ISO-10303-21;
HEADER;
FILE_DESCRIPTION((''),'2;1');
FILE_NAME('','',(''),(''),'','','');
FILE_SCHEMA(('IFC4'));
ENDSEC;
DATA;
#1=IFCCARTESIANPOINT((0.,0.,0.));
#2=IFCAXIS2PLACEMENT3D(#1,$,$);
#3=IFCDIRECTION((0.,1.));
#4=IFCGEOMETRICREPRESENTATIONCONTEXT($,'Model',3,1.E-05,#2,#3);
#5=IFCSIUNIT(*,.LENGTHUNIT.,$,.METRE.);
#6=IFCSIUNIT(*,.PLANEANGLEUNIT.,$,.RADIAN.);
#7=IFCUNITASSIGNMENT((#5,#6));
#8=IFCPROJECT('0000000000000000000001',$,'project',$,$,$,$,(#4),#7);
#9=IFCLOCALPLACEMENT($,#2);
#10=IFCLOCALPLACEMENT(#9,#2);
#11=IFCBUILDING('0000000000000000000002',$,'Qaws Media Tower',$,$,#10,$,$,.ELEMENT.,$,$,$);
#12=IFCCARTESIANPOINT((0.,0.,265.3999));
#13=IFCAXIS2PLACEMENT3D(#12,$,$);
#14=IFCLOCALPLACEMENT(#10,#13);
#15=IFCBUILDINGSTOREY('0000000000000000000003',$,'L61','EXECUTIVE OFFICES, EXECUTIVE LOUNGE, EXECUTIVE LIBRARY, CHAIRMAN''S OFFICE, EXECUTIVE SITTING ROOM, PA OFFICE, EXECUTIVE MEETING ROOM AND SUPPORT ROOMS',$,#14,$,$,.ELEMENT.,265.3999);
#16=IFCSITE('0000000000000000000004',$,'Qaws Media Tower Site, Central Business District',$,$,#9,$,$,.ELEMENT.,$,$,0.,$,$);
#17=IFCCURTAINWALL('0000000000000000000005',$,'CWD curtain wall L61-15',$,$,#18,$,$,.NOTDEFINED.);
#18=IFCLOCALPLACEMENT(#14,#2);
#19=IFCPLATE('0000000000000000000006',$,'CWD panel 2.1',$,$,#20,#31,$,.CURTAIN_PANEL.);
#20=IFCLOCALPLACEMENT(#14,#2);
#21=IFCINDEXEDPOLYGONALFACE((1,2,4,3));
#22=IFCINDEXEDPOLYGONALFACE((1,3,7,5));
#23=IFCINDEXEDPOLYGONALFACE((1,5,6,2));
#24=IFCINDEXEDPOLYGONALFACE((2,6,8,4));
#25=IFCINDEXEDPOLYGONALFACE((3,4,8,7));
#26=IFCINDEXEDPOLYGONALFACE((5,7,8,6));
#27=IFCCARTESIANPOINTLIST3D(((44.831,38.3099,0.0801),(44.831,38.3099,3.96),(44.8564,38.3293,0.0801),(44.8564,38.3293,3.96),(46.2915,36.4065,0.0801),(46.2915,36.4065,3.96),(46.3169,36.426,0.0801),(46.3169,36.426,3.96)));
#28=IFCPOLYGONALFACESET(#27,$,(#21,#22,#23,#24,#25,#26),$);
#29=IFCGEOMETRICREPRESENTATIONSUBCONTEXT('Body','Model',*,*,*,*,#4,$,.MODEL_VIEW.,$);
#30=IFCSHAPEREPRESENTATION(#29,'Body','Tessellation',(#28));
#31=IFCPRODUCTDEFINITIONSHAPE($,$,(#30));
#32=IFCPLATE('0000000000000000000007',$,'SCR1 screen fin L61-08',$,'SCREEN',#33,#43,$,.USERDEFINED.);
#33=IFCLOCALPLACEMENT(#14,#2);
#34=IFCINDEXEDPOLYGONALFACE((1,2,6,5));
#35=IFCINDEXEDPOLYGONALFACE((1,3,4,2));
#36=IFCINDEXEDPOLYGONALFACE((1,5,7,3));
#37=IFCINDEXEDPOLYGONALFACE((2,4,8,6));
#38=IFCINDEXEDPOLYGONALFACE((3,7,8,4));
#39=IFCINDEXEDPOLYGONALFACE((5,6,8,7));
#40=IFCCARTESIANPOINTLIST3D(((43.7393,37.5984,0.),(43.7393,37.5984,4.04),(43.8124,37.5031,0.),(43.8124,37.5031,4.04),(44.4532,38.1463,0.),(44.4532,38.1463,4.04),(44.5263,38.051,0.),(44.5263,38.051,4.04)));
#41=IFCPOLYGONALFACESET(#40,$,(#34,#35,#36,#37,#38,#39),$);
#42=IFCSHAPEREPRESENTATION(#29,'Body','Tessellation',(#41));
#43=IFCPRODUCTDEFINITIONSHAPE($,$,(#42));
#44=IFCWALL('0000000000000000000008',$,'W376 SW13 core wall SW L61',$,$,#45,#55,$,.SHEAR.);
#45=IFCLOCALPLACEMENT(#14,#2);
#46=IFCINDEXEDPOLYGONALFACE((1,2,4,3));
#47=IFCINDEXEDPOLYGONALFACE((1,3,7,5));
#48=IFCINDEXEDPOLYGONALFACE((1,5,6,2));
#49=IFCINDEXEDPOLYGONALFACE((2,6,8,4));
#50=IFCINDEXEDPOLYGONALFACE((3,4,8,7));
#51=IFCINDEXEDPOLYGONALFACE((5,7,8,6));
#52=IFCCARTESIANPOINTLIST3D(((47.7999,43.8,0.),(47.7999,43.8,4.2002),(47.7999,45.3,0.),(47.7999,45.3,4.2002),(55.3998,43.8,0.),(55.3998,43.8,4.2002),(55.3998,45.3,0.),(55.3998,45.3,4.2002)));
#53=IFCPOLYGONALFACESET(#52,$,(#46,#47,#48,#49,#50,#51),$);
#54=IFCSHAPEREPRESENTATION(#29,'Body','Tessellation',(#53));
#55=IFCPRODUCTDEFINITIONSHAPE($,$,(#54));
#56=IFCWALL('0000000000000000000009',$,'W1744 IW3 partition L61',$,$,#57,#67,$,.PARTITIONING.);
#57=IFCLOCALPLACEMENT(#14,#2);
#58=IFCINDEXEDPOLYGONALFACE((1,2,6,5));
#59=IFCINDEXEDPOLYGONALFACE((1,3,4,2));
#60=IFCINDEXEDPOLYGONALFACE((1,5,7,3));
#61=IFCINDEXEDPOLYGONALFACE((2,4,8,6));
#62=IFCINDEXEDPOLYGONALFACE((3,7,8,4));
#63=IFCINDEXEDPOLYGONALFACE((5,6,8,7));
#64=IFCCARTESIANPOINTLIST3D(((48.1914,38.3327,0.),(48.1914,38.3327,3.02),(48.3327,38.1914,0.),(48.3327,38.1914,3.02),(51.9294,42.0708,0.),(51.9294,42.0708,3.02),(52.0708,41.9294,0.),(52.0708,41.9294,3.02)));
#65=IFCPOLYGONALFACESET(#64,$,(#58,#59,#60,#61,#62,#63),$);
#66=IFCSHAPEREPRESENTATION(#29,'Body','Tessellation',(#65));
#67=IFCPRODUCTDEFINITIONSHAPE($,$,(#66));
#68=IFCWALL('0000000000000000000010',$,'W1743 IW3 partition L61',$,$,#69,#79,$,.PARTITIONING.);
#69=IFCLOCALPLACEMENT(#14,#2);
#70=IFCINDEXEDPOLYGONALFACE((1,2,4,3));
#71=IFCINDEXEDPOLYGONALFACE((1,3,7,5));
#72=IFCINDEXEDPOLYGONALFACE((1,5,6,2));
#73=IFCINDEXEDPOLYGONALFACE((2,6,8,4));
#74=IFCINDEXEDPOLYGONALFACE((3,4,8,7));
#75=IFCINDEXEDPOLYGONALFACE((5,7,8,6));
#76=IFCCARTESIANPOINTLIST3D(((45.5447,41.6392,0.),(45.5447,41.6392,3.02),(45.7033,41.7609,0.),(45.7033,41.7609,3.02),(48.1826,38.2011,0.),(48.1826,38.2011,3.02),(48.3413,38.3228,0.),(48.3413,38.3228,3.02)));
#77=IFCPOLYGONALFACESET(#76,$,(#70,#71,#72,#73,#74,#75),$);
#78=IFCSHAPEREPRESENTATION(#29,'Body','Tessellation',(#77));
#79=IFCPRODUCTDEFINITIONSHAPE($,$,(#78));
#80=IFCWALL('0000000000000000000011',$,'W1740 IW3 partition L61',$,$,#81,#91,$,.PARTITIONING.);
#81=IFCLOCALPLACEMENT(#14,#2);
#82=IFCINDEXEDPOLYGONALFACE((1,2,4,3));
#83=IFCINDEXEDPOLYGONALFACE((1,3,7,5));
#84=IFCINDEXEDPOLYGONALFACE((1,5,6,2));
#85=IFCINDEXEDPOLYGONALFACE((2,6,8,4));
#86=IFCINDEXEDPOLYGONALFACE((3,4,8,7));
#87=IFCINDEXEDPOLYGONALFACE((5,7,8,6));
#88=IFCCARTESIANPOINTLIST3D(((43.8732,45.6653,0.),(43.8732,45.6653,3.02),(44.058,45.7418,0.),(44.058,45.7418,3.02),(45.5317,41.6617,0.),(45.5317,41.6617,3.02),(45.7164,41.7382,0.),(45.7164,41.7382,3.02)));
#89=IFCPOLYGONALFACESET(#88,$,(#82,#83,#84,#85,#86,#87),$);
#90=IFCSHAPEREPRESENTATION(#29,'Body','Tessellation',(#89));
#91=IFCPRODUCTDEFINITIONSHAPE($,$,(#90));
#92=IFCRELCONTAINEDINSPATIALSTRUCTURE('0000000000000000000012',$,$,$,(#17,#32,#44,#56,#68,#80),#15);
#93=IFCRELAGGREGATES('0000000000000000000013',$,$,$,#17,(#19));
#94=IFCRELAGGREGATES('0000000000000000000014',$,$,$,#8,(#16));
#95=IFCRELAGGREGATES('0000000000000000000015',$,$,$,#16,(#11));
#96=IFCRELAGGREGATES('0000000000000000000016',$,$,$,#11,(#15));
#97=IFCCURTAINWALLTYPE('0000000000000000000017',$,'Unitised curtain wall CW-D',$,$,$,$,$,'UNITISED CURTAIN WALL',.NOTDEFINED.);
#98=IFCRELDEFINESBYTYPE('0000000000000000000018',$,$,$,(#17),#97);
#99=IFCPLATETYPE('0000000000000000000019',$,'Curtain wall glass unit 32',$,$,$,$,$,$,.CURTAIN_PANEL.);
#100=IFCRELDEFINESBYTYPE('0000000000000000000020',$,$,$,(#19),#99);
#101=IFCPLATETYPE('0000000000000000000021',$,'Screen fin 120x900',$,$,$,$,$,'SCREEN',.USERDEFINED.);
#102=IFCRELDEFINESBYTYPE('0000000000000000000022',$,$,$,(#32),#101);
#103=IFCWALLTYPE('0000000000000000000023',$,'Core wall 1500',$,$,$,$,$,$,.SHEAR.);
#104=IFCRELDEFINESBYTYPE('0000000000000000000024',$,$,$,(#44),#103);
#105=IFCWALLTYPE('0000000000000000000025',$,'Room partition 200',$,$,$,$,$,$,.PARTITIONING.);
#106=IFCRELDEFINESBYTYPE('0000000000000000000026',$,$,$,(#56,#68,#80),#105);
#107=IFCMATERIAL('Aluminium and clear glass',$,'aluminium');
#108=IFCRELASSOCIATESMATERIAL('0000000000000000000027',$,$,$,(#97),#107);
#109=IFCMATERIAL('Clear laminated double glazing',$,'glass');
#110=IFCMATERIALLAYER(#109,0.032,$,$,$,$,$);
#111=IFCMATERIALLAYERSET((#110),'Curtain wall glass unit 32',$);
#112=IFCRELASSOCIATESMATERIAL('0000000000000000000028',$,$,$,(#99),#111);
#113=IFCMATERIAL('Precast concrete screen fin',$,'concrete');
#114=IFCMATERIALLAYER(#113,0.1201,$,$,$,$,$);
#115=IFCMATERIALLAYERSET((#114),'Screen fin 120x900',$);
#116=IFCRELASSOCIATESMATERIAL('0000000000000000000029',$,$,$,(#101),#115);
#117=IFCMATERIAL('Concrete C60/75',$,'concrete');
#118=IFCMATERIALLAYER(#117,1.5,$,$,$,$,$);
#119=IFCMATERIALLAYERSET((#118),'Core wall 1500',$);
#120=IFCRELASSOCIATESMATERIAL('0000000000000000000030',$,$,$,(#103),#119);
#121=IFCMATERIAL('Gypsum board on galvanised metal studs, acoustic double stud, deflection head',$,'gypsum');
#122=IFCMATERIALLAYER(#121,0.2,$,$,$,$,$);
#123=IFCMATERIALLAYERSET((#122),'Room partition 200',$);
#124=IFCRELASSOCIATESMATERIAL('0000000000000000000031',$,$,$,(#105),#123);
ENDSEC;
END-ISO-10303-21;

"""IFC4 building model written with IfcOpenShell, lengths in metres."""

from ifc_helpers import new_model, si_unit, direction, frame, frame_2d, origin, origin_2d, place, context, subcontext, project, spatial, rectangle, extrude, material, layer, layer_set, type_object, element, aggregate, save


model = new_model("IFC4")

# Units and contexts
model_context = context("Model", 3, precision=1e-05, world=origin(), true_north=direction((0.0, 1.0)))
body_context = subcontext(model_context, "Body", "Model", "MODEL_VIEW")
ifc_project = project(units=[si_unit("LENGTHUNIT", "METRE"), si_unit("PLANEANGLEUNIT", "RADIAN")], contexts=[model_context])

# Site, building, storey
site_placement = place(None, origin())
site = spatial("IfcSite", under=ifc_project, at=site_placement, Name="Qaws Media Tower Site, Central Business District", CompositionType="ELEMENT", RefElevation=0.0)
building_placement = place(site_placement, origin())
building = spatial("IfcBuilding", under=site, at=building_placement, Name="Qaws Media Tower", CompositionType="ELEMENT")
storey_placement = place(building_placement, frame((0.0, 0.0, 265.3999)))
storey = spatial("IfcBuildingStorey", under=building, at=storey_placement, Name="L61", Description="EXECUTIVE OFFICES, EXECUTIVE LOUNGE, EXECUTIVE LIBRARY, CHAIRMAN'S OFFICE, EXECUTIVE SITTING ROOM, PA OFFICE, EXECUTIVE MEETING ROOM AND SUPPORT ROOMS", CompositionType="ELEMENT", Elevation=265.3999)

# Shared definitions
ifc_material_1 = material(Name="Aluminium and clear glass", Category="aluminium")
curtain_wall_type = type_object("IfcCurtainWallType", Name="Unitised curtain wall CW-D", ElementType="UNITISED CURTAIN WALL", PredefinedType="NOTDEFINED", material=ifc_material_1)

# Curtain wall
curtain_wall_1_placement = place(storey_placement, origin())
curtain_wall_1 = element("IfcCurtainWall", 1, at=curtain_wall_1_placement, inside=storey, type_object=curtain_wall_type, Name="CWD curtain wall L61-15", PredefinedType="NOTDEFINED")

# Plates
ifc_material_2 = material(Name="Clear laminated double glazing", Category="glass")
ifc_layer_1 = layer(ifc_material_2, 0.032)
ifc_layer_set_1 = layer_set([ifc_layer_1], Name="Curtain wall glass unit 32")
plate_type_1 = type_object("IfcPlateType", Name="Curtain wall glass unit 32", PredefinedType="CURTAIN_PANEL", material=ifc_layer_set_1)
plate_1_placement = place(storey_placement, frame((45.574, 37.3679, 0.0801), z_axis=(0.0, 0.0, 1.0), x_axis=(0.608761, -0.793353, 0.0)))
plate_1 = element("IfcPlate", 2, at=plate_1_placement, type_object=plate_type_1, Name="CWD panel 2.1", PredefinedType="CURTAIN_PANEL", context=body_context, shape_type="SweptSolid", body=[
    extrude(rectangle(XDim=2.3992, YDim=0.032, at=origin_2d()), origin(), (0.0, 0.0, 1.0), 3.8799),
])
aggregate(curtain_wall_1, [plate_1])
ifc_material_3 = material(Name="Precast concrete screen fin", Category="concrete")
ifc_layer_2 = layer(ifc_material_3, 0.1201)
ifc_layer_set_2 = layer_set([ifc_layer_2], Name="Screen fin 120x900")
plate_type_2 = type_object("IfcPlateType", Name="Screen fin 120x900", ElementType="SCREEN", PredefinedType="USERDEFINED", material=ifc_layer_set_2)
plate_2_placement = place(storey_placement, frame((44.1328, 37.8247, 0.0), z_axis=(0.0, 0.0, 1.0), x_axis=(-0.793353, -0.608761, 0.0)))
element("IfcPlate", 3, at=plate_2_placement, inside=storey, type_object=plate_type_2, Name="SCR1 screen fin L61-08", ObjectType="SCREEN", PredefinedType="USERDEFINED", context=body_context, shape_type="SweptSolid", body=[
    extrude(rectangle(XDim=0.8999, YDim=0.1201, at=origin_2d()), origin(), (0.0, 0.0, 1.0), 4.04),
])

# Walls
ifc_material_4 = material(Name="Concrete C60/75", Category="concrete")
ifc_layer_3 = layer(ifc_material_4, 1.5)
ifc_layer_set_3 = layer_set([ifc_layer_3], Name="Core wall 1500")
wall_type_1 = type_object("IfcWallType", Name="Core wall 1500", PredefinedType="SHEAR", material=ifc_layer_set_3)
wall_1_placement = place(storey_placement, frame((47.8, 44.55, 0.0), z_axis=(0.0, 0.0, 1.0), x_axis=(1.0, 0.0, 0.0)))
element("IfcWall", 4, at=wall_1_placement, inside=storey, type_object=wall_type_1, Name="W376 SW13 core wall SW L61", PredefinedType="SHEAR", context=body_context, shape_type="SweptSolid", body=[
    extrude(rectangle(XDim=7.5999, YDim=1.5, at=frame_2d((3.7998, 0.0))), origin(), (0.0, 0.0, 1.0), 4.2002),
])
ifc_material_5 = material(Name="Gypsum board on galvanised metal studs, acoustic double stud, deflection head", Category="gypsum")
ifc_layer_4 = layer(ifc_material_5, 0.2)
ifc_layer_set_4 = layer_set([ifc_layer_4], Name="Room partition 200")
wall_type_2 = type_object("IfcWallType", Name="Room partition 200", PredefinedType="PARTITIONING", material=ifc_layer_set_4)
wall_2_placement = place(storey_placement, frame((52.0, 42.0, 0.0), z_axis=(0.0, 0.0, 1.0), x_axis=(-0.707107, -0.707107, 0.0)))
element("IfcWall", 5, at=wall_2_placement, inside=storey, type_object=wall_type_2, Name="W1744 IW3 partition L61", PredefinedType="PARTITIONING", context=body_context, shape_type="SweptSolid", body=[
    extrude(rectangle(XDim=5.2864, YDim=0.2, at=frame_2d((2.6431, 0.0))), origin(), (0.0, 0.0, 1.0), 3.02),
])
for number, where, z_axis, x_axis, name in (
    (6, (48.262, 38.262, 0.0), (0.0, 0.0, 1.0), (-0.608744, 0.793367, 0.0), "W1743 IW3 partition L61"),
    (7, (45.624, 41.7, 0.0), (0.0, 0.0, 1.0), (-0.382698, 0.923873, 0.0), "W1740 IW3 partition L61"),
):
    element("IfcWall", number, at=place(storey_placement, frame(where, z_axis=z_axis, x_axis=x_axis)), inside=storey, type_object=wall_type_2, Name=name, PredefinedType="PARTITIONING", context=body_context, shape_type="SweptSolid", body=[
        extrude(rectangle(XDim=4.3335, YDim=0.2, at=frame_2d((2.1667, 0.0))), origin(), (0.0, 0.0, 1.0), 3.02),
    ])

save(model, "model.ifc")
